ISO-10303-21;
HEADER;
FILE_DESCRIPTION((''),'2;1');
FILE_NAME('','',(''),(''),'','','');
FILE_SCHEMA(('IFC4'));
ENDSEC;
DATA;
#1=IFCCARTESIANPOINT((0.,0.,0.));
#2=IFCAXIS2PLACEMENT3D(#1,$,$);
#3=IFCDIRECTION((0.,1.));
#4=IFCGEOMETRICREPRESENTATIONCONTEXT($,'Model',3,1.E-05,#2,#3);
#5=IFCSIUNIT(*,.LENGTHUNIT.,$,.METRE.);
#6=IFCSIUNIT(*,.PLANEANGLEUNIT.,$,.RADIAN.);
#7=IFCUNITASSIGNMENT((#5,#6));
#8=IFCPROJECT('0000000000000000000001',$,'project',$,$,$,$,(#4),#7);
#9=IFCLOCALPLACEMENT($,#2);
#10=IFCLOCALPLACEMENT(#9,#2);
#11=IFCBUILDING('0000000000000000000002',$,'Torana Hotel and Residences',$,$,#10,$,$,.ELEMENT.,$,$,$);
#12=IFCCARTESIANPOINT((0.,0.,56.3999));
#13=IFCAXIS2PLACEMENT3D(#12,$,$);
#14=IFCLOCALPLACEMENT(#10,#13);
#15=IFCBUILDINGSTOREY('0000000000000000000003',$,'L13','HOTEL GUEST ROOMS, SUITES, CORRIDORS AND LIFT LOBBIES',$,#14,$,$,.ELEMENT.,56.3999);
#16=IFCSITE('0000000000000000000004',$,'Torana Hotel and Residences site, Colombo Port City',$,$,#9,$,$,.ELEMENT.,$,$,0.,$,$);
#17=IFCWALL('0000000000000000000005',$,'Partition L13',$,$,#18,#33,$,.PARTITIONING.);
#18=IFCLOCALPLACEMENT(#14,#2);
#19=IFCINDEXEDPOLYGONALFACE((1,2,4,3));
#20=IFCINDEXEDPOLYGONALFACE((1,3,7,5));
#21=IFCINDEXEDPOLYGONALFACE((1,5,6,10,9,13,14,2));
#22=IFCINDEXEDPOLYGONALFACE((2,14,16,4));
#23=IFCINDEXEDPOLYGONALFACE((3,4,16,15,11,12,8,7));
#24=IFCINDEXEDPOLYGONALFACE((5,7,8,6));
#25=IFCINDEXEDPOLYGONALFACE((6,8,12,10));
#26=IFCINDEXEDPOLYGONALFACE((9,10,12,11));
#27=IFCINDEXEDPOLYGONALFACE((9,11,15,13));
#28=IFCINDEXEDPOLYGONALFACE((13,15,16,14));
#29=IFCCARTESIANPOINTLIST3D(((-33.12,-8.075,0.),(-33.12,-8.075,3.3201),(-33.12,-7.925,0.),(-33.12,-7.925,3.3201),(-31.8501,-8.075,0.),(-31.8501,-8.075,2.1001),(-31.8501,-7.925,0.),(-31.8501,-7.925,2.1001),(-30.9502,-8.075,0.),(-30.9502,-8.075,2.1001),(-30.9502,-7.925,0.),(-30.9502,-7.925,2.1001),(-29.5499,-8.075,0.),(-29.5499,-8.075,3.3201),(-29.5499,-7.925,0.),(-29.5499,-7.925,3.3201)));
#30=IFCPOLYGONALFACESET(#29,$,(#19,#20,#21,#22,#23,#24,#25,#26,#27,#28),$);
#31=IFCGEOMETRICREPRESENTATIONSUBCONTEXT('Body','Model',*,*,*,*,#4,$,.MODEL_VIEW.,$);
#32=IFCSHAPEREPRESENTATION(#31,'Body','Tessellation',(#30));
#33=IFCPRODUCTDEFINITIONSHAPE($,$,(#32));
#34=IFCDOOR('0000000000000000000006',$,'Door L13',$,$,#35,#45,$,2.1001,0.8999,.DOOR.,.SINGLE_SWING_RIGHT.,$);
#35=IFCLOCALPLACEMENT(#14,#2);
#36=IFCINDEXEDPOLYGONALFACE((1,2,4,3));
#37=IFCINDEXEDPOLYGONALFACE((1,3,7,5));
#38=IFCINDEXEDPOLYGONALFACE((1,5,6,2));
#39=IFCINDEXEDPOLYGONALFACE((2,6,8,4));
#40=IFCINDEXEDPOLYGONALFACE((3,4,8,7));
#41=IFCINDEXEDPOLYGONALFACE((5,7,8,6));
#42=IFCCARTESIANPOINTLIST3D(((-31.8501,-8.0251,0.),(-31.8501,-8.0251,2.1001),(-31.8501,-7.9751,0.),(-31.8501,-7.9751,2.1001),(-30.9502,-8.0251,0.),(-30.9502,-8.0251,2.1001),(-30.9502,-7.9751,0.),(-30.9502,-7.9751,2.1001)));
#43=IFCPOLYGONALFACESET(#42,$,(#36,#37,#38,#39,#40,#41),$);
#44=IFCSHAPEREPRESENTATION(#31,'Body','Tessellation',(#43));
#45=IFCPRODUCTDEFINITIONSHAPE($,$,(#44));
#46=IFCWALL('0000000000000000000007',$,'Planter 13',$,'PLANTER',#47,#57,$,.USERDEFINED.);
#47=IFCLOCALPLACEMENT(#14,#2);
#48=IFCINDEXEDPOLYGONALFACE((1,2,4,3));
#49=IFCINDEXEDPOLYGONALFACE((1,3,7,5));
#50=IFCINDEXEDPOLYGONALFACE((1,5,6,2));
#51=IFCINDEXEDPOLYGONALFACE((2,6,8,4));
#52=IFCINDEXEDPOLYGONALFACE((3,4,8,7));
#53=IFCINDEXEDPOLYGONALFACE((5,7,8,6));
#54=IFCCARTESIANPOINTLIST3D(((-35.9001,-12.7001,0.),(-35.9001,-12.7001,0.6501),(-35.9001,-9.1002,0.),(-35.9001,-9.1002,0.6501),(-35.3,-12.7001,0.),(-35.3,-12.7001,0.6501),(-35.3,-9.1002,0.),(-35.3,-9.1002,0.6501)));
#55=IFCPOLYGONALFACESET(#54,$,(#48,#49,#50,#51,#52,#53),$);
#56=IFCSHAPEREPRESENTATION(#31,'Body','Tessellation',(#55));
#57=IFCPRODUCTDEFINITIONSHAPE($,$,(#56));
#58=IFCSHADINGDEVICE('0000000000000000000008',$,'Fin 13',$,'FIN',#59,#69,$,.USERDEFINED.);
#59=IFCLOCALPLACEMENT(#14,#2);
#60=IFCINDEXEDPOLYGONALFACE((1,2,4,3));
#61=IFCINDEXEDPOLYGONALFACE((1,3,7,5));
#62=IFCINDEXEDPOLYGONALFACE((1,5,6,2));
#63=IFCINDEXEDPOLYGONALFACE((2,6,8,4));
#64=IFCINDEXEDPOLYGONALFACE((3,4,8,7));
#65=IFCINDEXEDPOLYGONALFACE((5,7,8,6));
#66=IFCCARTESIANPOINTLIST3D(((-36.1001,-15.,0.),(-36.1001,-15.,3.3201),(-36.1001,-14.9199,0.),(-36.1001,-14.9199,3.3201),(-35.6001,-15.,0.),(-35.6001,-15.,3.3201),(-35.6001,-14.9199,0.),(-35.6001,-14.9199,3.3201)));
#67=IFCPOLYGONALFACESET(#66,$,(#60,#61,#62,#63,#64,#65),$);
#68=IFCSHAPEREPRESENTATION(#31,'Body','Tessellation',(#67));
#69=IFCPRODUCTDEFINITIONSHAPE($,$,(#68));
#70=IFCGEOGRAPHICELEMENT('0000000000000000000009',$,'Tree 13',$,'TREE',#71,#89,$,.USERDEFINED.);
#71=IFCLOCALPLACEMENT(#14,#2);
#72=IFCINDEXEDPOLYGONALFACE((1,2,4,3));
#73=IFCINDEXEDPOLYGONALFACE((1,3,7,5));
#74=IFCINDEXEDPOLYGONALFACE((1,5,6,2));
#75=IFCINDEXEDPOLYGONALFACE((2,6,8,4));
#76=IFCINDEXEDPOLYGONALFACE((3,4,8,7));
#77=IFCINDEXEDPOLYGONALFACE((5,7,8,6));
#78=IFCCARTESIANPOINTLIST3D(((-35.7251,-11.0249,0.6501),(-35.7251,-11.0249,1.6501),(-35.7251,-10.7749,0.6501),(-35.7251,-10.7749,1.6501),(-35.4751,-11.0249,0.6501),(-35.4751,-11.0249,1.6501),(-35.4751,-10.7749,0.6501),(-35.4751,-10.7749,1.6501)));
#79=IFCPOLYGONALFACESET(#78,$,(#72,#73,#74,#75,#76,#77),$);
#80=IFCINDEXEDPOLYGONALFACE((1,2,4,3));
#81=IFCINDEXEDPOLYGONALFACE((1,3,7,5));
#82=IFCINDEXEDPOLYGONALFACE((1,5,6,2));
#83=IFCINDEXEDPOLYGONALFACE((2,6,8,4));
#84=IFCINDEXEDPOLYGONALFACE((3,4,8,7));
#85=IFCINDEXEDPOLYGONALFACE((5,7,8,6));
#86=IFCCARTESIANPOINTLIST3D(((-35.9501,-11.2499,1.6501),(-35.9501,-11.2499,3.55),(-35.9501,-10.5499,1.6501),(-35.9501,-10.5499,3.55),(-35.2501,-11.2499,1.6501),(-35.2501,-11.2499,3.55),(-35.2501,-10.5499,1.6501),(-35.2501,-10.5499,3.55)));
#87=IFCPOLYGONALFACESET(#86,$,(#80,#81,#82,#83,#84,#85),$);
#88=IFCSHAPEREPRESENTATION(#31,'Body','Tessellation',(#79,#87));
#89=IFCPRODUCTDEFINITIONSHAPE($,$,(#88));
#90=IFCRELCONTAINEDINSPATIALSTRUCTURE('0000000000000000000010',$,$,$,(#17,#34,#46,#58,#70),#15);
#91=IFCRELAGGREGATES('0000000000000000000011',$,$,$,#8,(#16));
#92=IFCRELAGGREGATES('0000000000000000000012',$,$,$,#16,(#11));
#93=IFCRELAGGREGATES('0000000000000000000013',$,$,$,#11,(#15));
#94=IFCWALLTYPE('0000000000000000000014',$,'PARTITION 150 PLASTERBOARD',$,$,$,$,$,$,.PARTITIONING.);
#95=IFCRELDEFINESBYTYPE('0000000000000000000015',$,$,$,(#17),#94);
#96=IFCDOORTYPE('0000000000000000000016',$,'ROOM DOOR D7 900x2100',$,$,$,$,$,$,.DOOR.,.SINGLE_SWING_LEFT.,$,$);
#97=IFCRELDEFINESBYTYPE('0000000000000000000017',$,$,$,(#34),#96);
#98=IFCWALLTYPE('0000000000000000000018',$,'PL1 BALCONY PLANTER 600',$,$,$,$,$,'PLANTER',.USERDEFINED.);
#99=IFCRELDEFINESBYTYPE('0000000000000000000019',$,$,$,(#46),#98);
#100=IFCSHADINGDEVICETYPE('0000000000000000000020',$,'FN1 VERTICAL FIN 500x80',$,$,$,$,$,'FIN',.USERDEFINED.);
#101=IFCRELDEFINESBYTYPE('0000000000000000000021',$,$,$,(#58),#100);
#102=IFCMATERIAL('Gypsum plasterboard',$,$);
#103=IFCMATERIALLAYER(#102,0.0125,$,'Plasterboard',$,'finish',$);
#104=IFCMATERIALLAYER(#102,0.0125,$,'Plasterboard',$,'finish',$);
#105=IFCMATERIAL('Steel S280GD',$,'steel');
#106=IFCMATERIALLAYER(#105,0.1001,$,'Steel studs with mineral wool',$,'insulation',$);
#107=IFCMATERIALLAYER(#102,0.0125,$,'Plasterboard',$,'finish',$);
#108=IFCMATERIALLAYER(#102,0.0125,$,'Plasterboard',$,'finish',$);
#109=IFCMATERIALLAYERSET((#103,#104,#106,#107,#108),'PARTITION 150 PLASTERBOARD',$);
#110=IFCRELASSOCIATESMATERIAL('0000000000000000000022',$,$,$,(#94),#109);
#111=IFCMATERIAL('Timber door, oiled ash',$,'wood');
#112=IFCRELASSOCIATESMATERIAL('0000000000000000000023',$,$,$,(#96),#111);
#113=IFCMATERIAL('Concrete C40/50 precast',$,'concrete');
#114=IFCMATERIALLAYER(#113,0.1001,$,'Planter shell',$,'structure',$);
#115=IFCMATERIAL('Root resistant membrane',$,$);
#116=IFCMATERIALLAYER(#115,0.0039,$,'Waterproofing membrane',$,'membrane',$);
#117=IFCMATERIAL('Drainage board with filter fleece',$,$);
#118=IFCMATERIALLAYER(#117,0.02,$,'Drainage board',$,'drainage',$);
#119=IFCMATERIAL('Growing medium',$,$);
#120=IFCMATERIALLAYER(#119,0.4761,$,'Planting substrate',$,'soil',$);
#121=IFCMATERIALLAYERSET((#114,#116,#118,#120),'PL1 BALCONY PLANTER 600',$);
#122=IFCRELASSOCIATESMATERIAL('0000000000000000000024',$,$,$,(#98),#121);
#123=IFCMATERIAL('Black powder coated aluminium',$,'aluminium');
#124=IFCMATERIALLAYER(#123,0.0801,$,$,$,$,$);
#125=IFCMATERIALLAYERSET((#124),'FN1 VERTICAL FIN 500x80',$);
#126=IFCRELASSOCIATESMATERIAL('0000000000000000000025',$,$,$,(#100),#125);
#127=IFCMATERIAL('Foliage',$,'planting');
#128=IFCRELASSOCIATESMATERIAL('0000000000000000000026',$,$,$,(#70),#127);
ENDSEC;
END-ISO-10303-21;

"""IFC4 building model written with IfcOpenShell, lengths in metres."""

from ifc_helpers import new_model, si_unit, direction, frame, frame_2d, origin, origin_2d, place, context, subcontext, project, spatial, rectangle, extrude, material, layer, layer_set, type_object, element, fill, save


model = new_model("IFC4")

# Units and contexts
model_context = context("Model", 3, precision=1e-05, world=origin(), true_north=direction((0.0, 1.0)))
body_context = subcontext(model_context, "Body", "Model", "MODEL_VIEW")
ifc_project = project(units=[si_unit("LENGTHUNIT", "METRE"), si_unit("PLANEANGLEUNIT", "RADIAN")], contexts=[model_context])

# Site, building, storey
site_placement = place(None, origin())
site = spatial("IfcSite", under=ifc_project, at=site_placement, Name="Torana Hotel and Residences site, Colombo Port City", CompositionType="ELEMENT", RefElevation=0.0)
building_placement = place(site_placement, origin())
building = spatial("IfcBuilding", under=site, at=building_placement, Name="Torana Hotel and Residences", CompositionType="ELEMENT")
storey_placement = place(building_placement, frame((0.0, 0.0, 56.3999)))
storey = spatial("IfcBuildingStorey", under=building, at=storey_placement, Name="L13", Description="HOTEL GUEST ROOMS, SUITES, CORRIDORS AND LIFT LOBBIES", CompositionType="ELEMENT", Elevation=56.3999)

# Wall, opening, door
ifc_material_1 = material(Name="Gypsum plasterboard")
ifc_layer_1 = layer(ifc_material_1, 0.0125, Name="Plasterboard", Category="finish")
ifc_layer_2 = layer(ifc_material_1, 0.0125, Name="Plasterboard", Category="finish")
ifc_material_2 = material(Name="Steel S280GD", Category="steel")
ifc_layer_3 = layer(ifc_material_2, 0.1001, Name="Steel studs with mineral wool", Category="insulation")
ifc_layer_4 = layer(ifc_material_1, 0.0125, Name="Plasterboard", Category="finish")
ifc_layer_5 = layer(ifc_material_1, 0.0125, Name="Plasterboard", Category="finish")
ifc_layer_set_1 = layer_set([ifc_layer_1, ifc_layer_2, ifc_layer_3, ifc_layer_4, ifc_layer_5], Name="PARTITION 150 PLASTERBOARD")
wall_type_1 = type_object("IfcWallType", Name="PARTITION 150 PLASTERBOARD", PredefinedType="PARTITIONING", material=ifc_layer_set_1)
wall_1_placement = place(storey_placement, frame((-33.1201, -8.0, 0.0), z_axis=(0.0, 0.0, 1.0), x_axis=(1.0, 0.0, 0.0)))
wall_1 = element("IfcWall", 1, at=wall_1_placement, inside=storey, type_object=wall_type_1, Name="Partition L13", PredefinedType="PARTITIONING", context=body_context, shape_type="SweptSolid", body=[
    extrude(rectangle(XDim=3.5701, YDim=0.1499, at=frame_2d((1.7852, 0.0))), origin(), (0.0, 0.0, 1.0), 3.3201),
])
opening_1_placement = place(wall_1_placement, frame((1.27, 0.0, 0.0)))
opening_1 = element("IfcOpeningElement", 2, at=opening_1_placement, cuts=wall_1, PredefinedType="OPENING", context=body_context, shape_type="SweptSolid", body=[
    extrude(rectangle(XDim=0.8999, YDim=2.1001, at=frame_2d((0.45, 1.05))), frame((0.0, 0.085, 0.0), z_axis=(0.0, -1.0, 0.0), x_axis=(1.0, 0.0, 0.0)), (0.0, 0.0, 1.0), 0.1699),
])
ifc_material_3 = material(Name="Timber door, oiled ash", Category="wood")
door_type_1 = type_object("IfcDoorType", Name="ROOM DOOR D7 900x2100", OperationType="SINGLE_SWING_LEFT", PredefinedType="DOOR", material=ifc_material_3)
door_1_placement = place(opening_1_placement, origin())
door_1 = element("IfcDoor", 3, at=door_1_placement, inside=storey, type_object=door_type_1, Name="Door L13", OperationType="SINGLE_SWING_RIGHT", OverallHeight=2.1001, OverallWidth=0.8999, PredefinedType="DOOR", context=body_context, shape_type="SweptSolid", body=[
    extrude(rectangle(XDim=0.8999, YDim=2.1001, at=frame_2d((0.45, 1.05))), frame((0.0, 0.0249, 0.0), z_axis=(0.0, -1.0, 0.0), x_axis=(1.0, 0.0, 0.0)), (0.0, 0.0, 1.0), 0.05),
])
fill(opening_1, door_1)

# Wall
ifc_material_4 = material(Name="Concrete C40/50 precast", Category="concrete")
ifc_layer_6 = layer(ifc_material_4, 0.1001, Name="Planter shell", Category="structure")
ifc_material_5 = material(Name="Root resistant membrane")
ifc_layer_7 = layer(ifc_material_5, 0.0039, Name="Waterproofing membrane", Category="membrane")
ifc_material_6 = material(Name="Drainage board with filter fleece")
ifc_layer_8 = layer(ifc_material_6, 0.02, Name="Drainage board", Category="drainage")
ifc_material_7 = material(Name="Growing medium")
ifc_layer_9 = layer(ifc_material_7, 0.4761, Name="Planting substrate", Category="soil")
ifc_layer_set_2 = layer_set([ifc_layer_6, ifc_layer_7, ifc_layer_8, ifc_layer_9], Name="PL1 BALCONY PLANTER 600")
wall_type_2 = type_object("IfcWallType", Name="PL1 BALCONY PLANTER 600", ElementType="PLANTER", PredefinedType="USERDEFINED", material=ifc_layer_set_2)
wall_2_placement = place(storey_placement, frame((-35.6001, -12.7, 0.0), z_axis=(0.0, 0.0, 1.0), x_axis=(0.0, 1.0, 0.0)))
element("IfcWall", 4, at=wall_2_placement, inside=storey, type_object=wall_type_2, Name="Planter 13", ObjectType="PLANTER", PredefinedType="USERDEFINED", context=body_context, shape_type="SweptSolid", body=[
    extrude(rectangle(XDim=3.5999, YDim=0.6001, at=frame_2d((1.7998, 0.0))), origin(), (0.0, 0.0, 1.0), 0.6501),
])

# Shading device
ifc_material_8 = material(Name="Black powder coated aluminium", Category="aluminium")
ifc_layer_10 = layer(ifc_material_8, 0.0801)
ifc_layer_set_3 = layer_set([ifc_layer_10], Name="FN1 VERTICAL FIN 500x80")
shading_device_type = type_object("IfcShadingDeviceType", Name="FN1 VERTICAL FIN 500x80", ElementType="FIN", PredefinedType="USERDEFINED", material=ifc_layer_set_3)
shading_device_placement = place(storey_placement, frame((-35.8501, -14.96, 0.0), z_axis=(0.0, 0.0, 1.0), x_axis=(0.0, 1.0, 0.0)))
element("IfcShadingDevice", 5, at=shading_device_placement, inside=storey, type_object=shading_device_type, Name="Fin 13", ObjectType="FIN", PredefinedType="USERDEFINED", context=body_context, shape_type="SweptSolid", body=[
    extrude(rectangle(XDim=0.0801, YDim=0.5, at=origin_2d()), origin(), (0.0, 0.0, 1.0), 3.3201),
])

# Geographic element
ifc_material_9 = material(Name="Foliage", Category="planting")
geographic_element_placement = place(storey_placement, frame((-35.6001, -10.8999, 0.6501), z_axis=(0.0, 0.0, 1.0), x_axis=(1.0, 0.0, 0.0)))
element("IfcGeographicElement", 6, at=geographic_element_placement, inside=storey, material=ifc_material_9, Name="Tree 13", ObjectType="TREE", PredefinedType="USERDEFINED", context=body_context, shape_type="SweptSolid", body=[
    extrude(rectangle(XDim=0.25, YDim=0.25, at=origin_2d()), origin(), (0.0, 0.0, 1.0), 1.0),
    extrude(rectangle(XDim=0.7, YDim=0.7, at=origin_2d()), frame((0.0, 0.0, 1.0)), (0.0, 0.0, 1.0), 1.8999),
])

save(model, "model.ifc")
